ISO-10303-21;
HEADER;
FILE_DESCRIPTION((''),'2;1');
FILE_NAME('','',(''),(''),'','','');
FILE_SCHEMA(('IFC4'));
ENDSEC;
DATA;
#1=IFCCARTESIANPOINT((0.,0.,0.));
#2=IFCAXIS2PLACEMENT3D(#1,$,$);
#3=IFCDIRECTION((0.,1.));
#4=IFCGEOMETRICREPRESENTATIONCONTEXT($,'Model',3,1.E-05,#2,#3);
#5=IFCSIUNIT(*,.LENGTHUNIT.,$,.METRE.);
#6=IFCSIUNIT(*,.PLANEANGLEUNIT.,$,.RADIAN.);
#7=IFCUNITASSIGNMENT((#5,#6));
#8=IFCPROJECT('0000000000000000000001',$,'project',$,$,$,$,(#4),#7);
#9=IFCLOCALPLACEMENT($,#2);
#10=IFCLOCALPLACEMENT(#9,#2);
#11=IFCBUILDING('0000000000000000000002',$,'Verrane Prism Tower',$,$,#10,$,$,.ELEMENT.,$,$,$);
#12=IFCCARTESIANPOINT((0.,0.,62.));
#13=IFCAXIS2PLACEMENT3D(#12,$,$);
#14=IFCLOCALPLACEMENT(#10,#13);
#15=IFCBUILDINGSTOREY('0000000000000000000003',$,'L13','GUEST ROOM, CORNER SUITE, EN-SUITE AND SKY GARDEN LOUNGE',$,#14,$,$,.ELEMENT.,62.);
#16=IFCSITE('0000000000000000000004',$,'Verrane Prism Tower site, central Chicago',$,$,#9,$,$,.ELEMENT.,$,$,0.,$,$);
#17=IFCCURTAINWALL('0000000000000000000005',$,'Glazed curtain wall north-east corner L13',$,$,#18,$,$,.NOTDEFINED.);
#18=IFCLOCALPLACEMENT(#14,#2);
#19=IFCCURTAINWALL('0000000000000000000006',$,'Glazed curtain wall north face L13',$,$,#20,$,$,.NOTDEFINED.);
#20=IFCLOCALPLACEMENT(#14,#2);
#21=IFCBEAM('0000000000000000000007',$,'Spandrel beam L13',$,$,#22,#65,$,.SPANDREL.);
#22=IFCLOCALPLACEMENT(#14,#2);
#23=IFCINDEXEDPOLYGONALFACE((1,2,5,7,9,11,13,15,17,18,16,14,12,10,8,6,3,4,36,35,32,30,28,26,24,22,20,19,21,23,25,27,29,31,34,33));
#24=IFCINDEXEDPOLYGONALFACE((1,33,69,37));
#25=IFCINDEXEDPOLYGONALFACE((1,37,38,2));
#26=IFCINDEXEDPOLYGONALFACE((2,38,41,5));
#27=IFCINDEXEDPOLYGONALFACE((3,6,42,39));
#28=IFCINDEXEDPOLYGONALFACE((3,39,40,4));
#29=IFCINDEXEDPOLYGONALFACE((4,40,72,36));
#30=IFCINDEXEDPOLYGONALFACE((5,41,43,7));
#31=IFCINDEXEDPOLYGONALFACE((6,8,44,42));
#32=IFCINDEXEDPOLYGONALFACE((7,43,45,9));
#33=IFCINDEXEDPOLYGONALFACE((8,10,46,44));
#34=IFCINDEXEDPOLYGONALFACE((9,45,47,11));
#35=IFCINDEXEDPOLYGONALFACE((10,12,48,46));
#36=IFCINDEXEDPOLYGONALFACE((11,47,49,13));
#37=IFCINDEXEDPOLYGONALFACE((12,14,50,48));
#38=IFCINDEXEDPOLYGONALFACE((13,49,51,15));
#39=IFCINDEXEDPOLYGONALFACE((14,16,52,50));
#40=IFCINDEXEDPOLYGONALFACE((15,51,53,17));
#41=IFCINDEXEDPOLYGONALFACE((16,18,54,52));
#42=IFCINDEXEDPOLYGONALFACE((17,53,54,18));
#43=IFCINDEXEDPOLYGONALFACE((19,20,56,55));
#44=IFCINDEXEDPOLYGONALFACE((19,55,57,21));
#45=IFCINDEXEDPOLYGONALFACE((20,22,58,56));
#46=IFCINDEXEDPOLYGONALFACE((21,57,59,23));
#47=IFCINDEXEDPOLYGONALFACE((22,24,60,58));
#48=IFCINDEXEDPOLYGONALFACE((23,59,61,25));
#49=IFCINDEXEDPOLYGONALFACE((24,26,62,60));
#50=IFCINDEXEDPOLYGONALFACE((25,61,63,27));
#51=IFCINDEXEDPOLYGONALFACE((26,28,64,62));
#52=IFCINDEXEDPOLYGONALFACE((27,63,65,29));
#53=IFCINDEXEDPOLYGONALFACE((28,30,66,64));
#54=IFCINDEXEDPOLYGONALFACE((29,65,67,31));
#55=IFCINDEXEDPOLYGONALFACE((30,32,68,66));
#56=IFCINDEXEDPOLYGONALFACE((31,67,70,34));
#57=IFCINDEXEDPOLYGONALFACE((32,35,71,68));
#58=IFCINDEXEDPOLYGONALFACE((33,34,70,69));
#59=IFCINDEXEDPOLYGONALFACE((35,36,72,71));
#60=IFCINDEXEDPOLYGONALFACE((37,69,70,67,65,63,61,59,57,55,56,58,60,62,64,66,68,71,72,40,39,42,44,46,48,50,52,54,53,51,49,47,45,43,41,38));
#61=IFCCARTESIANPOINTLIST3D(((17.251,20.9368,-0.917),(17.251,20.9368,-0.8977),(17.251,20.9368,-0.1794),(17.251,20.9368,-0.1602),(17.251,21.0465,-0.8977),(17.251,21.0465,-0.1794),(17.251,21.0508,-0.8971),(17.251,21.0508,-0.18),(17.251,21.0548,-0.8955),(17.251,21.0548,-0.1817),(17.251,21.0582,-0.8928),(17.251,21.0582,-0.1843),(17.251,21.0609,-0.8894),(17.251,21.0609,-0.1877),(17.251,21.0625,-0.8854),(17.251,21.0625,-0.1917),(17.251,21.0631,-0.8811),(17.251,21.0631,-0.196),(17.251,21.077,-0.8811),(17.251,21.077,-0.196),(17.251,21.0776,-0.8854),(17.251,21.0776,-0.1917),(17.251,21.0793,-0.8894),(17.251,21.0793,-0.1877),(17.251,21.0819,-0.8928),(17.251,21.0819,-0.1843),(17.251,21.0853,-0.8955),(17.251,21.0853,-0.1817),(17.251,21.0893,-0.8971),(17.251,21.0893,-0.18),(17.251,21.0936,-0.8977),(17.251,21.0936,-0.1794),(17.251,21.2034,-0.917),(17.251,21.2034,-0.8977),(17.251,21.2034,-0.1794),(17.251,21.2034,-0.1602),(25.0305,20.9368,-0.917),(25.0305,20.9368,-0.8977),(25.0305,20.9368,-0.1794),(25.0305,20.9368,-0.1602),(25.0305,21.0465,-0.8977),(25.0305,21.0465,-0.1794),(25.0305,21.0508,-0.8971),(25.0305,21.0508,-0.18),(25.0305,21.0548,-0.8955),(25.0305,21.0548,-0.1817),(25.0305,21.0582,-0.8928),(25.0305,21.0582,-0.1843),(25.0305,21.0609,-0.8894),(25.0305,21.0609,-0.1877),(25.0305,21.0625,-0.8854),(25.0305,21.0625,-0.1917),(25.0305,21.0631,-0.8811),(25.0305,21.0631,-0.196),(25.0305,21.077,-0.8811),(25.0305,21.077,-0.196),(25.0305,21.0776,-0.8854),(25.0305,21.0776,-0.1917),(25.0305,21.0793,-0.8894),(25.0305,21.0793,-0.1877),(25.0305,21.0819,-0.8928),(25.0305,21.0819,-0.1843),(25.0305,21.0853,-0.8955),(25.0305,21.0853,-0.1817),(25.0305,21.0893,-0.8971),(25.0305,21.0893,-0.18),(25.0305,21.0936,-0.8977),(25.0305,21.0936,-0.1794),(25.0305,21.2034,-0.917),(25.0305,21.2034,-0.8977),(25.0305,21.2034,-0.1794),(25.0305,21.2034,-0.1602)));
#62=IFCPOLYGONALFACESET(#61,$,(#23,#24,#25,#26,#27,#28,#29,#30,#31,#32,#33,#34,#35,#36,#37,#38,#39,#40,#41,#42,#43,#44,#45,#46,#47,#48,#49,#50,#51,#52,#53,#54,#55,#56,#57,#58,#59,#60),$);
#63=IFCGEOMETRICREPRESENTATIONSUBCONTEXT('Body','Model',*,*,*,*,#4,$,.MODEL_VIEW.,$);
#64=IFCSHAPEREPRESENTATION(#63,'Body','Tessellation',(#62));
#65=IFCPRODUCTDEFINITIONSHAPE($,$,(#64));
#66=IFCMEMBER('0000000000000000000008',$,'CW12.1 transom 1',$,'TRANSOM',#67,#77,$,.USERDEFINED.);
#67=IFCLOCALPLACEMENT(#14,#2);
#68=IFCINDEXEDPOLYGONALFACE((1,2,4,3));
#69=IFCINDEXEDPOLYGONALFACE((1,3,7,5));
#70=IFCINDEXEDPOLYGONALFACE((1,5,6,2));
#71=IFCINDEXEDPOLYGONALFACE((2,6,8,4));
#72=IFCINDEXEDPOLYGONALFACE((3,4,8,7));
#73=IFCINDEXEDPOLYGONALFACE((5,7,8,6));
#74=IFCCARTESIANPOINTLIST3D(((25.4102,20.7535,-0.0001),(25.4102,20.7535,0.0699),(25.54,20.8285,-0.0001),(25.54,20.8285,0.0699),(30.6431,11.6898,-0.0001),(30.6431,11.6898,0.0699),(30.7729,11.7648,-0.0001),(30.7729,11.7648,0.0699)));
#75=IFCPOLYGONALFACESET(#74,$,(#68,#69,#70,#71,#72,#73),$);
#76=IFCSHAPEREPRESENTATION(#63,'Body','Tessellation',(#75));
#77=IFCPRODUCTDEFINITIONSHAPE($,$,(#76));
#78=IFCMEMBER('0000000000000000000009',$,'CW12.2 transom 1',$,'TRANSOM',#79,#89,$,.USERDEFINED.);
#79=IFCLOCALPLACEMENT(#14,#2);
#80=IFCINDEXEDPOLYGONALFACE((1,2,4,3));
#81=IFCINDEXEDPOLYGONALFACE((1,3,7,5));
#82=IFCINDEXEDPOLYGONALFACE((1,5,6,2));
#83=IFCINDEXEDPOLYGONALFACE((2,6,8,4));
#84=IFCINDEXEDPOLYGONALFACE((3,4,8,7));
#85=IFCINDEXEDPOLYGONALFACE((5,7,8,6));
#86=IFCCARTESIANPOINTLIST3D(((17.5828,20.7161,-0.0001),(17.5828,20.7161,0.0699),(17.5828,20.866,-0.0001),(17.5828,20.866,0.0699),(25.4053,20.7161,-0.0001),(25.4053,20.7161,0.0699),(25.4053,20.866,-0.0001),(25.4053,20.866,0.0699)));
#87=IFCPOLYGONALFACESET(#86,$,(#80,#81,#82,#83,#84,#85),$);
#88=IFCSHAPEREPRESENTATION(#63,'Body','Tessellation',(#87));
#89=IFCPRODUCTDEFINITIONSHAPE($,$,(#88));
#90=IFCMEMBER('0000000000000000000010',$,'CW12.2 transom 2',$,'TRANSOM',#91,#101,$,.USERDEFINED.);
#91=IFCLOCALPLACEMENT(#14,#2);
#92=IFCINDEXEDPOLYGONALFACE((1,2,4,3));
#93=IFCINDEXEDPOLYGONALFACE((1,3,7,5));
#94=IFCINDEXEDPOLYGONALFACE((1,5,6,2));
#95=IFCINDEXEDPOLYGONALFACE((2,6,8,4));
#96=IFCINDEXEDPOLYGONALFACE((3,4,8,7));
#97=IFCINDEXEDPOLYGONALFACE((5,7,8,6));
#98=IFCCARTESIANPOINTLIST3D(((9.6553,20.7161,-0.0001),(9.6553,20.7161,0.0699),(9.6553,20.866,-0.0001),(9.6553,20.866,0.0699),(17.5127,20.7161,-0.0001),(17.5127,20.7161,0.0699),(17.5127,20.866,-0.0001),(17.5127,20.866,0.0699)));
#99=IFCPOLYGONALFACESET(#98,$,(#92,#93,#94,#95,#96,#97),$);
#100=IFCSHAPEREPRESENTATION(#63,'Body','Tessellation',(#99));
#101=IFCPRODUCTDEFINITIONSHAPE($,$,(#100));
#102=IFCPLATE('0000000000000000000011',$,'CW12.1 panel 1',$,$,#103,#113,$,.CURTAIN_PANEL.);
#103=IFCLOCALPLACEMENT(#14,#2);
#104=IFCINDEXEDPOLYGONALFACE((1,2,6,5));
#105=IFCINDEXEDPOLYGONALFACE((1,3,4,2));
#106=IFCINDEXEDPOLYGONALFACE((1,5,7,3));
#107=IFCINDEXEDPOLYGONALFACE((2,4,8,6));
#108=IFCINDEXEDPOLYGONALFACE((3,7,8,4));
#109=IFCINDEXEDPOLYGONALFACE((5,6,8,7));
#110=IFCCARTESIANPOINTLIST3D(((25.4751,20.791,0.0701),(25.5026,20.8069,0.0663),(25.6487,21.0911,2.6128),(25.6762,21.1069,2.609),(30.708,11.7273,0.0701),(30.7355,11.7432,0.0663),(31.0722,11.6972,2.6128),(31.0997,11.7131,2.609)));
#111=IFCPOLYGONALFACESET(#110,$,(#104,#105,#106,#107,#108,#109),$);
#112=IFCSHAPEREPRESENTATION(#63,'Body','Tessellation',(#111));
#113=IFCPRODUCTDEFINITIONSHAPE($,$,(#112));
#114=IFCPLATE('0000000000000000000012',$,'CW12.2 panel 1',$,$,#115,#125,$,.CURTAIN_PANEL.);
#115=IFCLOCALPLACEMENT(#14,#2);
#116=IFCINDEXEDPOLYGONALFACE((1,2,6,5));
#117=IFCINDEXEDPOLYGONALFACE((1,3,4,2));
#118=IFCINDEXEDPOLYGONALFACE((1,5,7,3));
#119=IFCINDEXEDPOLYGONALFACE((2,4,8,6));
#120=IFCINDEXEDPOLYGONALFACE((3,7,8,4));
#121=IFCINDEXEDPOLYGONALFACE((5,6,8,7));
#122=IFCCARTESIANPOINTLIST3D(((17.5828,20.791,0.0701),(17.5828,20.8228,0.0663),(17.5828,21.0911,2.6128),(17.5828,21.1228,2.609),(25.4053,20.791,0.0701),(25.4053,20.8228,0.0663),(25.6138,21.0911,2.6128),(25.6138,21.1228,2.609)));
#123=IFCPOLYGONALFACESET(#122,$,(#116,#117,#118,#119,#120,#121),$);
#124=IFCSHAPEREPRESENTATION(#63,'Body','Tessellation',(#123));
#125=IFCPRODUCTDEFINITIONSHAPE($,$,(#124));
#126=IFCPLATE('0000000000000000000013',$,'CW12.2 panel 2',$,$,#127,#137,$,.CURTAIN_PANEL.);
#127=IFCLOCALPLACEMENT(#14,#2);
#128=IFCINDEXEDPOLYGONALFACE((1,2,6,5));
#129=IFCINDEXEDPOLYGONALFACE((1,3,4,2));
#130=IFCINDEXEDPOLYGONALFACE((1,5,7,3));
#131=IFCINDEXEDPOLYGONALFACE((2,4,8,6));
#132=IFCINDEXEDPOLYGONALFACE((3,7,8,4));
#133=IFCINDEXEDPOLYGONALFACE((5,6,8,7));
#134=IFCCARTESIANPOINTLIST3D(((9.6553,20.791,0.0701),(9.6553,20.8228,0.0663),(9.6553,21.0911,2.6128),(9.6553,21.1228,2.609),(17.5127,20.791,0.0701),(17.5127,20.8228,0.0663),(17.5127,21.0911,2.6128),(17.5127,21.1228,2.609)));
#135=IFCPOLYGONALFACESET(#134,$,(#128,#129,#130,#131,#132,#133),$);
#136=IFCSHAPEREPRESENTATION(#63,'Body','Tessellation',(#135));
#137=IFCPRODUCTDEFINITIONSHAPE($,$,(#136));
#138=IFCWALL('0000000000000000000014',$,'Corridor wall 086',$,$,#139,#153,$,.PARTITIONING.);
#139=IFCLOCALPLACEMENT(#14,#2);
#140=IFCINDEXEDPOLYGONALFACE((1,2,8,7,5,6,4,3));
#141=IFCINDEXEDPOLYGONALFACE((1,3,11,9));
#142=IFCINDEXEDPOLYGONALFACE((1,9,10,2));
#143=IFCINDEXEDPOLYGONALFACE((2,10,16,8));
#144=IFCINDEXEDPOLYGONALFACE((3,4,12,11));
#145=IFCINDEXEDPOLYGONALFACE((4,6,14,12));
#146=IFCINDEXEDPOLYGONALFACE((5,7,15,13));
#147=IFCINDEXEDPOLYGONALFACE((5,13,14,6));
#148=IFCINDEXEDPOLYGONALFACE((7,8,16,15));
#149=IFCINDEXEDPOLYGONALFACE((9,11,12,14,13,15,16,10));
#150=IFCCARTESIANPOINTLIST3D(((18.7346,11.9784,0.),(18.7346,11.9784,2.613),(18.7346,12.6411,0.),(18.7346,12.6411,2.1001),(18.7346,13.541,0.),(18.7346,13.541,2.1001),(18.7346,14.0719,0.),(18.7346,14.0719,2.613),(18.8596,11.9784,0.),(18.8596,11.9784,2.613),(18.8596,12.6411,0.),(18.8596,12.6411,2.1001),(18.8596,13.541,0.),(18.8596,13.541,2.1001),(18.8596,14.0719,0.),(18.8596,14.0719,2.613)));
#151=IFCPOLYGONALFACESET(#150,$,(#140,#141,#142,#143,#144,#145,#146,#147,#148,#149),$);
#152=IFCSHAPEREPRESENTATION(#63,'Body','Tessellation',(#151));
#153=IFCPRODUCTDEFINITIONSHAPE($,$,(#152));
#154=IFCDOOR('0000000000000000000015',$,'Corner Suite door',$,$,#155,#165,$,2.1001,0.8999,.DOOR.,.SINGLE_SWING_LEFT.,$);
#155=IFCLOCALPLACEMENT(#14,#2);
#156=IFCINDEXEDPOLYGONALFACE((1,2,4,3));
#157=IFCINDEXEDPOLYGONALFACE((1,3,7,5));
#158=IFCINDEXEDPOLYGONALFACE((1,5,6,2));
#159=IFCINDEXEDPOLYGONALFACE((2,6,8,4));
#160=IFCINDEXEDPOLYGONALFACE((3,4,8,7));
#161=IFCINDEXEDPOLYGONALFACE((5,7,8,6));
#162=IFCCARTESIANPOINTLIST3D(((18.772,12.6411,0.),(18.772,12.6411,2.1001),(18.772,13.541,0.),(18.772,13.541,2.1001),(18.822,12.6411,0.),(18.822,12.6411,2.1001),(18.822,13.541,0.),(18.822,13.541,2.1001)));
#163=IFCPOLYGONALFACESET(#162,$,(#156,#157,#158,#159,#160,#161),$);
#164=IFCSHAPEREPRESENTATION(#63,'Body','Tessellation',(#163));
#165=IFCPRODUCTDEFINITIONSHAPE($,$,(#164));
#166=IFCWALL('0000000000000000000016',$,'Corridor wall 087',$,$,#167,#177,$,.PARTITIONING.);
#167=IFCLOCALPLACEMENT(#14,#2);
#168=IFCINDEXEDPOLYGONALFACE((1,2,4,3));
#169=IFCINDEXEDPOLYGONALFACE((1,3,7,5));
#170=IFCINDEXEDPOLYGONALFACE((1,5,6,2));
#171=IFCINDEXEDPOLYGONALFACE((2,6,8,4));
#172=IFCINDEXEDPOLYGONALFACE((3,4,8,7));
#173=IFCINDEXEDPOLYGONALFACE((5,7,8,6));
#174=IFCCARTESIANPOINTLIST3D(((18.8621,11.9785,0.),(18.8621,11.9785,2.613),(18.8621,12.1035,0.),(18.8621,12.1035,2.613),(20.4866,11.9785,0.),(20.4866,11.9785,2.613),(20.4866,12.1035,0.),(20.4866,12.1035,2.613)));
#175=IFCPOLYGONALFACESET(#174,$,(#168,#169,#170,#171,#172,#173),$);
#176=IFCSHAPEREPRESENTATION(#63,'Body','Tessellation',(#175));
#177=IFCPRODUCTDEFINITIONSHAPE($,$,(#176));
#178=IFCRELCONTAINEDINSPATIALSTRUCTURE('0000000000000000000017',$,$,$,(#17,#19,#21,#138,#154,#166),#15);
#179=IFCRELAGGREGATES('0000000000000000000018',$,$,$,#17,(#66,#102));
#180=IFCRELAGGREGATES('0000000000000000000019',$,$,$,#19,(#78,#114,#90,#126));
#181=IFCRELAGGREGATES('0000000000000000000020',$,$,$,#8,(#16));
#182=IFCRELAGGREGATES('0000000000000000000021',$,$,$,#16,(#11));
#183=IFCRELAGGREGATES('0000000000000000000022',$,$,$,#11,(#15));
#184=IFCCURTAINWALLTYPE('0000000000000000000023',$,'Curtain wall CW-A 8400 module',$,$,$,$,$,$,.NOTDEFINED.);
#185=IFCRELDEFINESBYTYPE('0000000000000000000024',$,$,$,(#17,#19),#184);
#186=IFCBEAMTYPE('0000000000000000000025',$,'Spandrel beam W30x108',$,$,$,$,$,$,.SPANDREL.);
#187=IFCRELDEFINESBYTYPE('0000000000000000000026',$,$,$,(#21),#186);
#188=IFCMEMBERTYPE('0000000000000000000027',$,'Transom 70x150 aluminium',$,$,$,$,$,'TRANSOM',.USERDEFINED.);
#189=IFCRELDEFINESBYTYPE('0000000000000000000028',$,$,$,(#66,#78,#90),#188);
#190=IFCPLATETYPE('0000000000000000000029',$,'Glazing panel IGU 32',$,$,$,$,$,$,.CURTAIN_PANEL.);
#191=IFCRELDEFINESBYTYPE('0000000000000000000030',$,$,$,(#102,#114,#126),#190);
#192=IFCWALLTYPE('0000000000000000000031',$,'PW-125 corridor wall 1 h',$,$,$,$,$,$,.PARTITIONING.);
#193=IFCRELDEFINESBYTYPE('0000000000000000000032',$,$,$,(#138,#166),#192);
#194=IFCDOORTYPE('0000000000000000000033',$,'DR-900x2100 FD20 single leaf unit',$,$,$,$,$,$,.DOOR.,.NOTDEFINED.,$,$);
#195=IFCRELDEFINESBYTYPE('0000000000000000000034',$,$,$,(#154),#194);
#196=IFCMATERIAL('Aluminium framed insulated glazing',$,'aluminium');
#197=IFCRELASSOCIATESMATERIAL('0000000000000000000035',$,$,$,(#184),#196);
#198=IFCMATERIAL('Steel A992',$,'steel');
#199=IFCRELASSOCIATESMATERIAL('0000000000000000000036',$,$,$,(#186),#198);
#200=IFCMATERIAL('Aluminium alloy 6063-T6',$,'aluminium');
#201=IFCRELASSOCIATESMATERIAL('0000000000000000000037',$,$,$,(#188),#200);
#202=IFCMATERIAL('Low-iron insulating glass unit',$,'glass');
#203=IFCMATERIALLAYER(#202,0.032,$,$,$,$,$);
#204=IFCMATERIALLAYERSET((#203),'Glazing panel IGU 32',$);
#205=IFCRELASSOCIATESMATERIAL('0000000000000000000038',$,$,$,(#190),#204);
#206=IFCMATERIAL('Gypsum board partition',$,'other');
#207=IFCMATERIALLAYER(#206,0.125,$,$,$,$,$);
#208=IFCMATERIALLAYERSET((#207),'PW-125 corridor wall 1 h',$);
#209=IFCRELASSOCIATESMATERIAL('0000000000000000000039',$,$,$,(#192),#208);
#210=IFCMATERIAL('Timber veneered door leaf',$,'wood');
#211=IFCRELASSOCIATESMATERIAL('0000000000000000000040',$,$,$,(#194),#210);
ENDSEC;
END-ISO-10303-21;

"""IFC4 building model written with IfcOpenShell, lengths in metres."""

from ifc_helpers import new_model, si_unit, direction, frame, frame_2d, origin, origin_2d, place, context, subcontext, project, spatial, polyline, rectangle, i_section, outline, extrude, material, layer, layer_set, material_profile, profile_set, type_object, element, fill, aggregate, save


model = new_model("IFC4")

# Units and contexts
model_context = context("Model", 3, precision=1e-05, world=origin(), true_north=direction((0.0, 1.0)))
body_context = subcontext(model_context, "Body", "Model", "MODEL_VIEW")
ifc_project = project(units=[si_unit("LENGTHUNIT", "METRE"), si_unit("PLANEANGLEUNIT", "RADIAN")], contexts=[model_context])

# Site, building, storey
site_placement = place(None, origin())
site = spatial("IfcSite", under=ifc_project, at=site_placement, Name="Verrane Prism Tower site, central Chicago", CompositionType="ELEMENT", RefElevation=0.0)
building_placement = place(site_placement, origin())
building = spatial("IfcBuilding", under=site, at=building_placement, Name="Verrane Prism Tower", CompositionType="ELEMENT")
storey_placement = place(building_placement, frame((0.0, 0.0, 62.0)))
storey = spatial("IfcBuildingStorey", under=building, at=storey_placement, Name="L13", Description="GUEST ROOM, CORNER SUITE, EN-SUITE AND SKY GARDEN LOUNGE", CompositionType="ELEMENT", Elevation=62.0)

# Curtain wall
ifc_material_1 = material(Name="Aluminium framed insulated glazing", Category="aluminium")
curtain_wall_type = type_object("IfcCurtainWallType", Name="Curtain wall CW-A 8400 module", PredefinedType="NOTDEFINED", material=ifc_material_1)
curtain_wall_1_placement = place(storey_placement, origin())
curtain_wall_1 = element("IfcCurtainWall", 1, at=curtain_wall_1_placement, inside=storey, type_object=curtain_wall_type, Name="Glazed curtain wall north-east corner L13", PredefinedType="NOTDEFINED")

# Curtain wall
curtain_wall_2_placement = place(storey_placement, origin())
curtain_wall_2 = element("IfcCurtainWall", 2, at=curtain_wall_2_placement, inside=storey, type_object=curtain_wall_type, Name="Glazed curtain wall north face L13", PredefinedType="NOTDEFINED")

# Beam
ifc_material_2 = material(Name="Steel A992", Category="steel")
ifc_material_profile_1 = material_profile(ifc_material_2, i_section(OverallWidth=0.2666, OverallDepth=0.7568, WebThickness=0.0139, FlangeThickness=0.0193, FilletRadius=0.0166, at=origin_2d()), Name="W30x108")
ifc_profile_set_1 = profile_set([ifc_material_profile_1], Name="Steel A992")
beam_type_1 = type_object("IfcBeamType", Name="Spandrel beam W30x108", PredefinedType="SPANDREL", material=ifc_profile_set_1)
beam_1_placement = place(storey_placement, frame((25.0305, 21.0701, -0.5386), z_axis=(-1.0, 0.0, 0.0), x_axis=(0.0, -1.0, 0.0)))
element("IfcBeam", 3, at=beam_1_placement, inside=storey, type_object=beam_type_1, Name="Spandrel beam L13", PredefinedType="SPANDREL", context=body_context, shape_type="SweptSolid", body=[
    extrude(i_section(OverallWidth=0.2666, OverallDepth=0.7568, WebThickness=0.0139, FlangeThickness=0.0193, FilletRadius=0.0166, at=origin_2d()), origin(), (0.0, 0.0, 1.0), 7.7795),
])

# Members
ifc_material_3 = material(Name="Aluminium alloy 6063-T6", Category="aluminium")
ifc_material_profile_2 = material_profile(ifc_material_3, rectangle(XDim=0.1499, YDim=0.0701, at=origin_2d()), Name="Transom 70x150 aluminium")
ifc_profile_set_2 = profile_set([ifc_material_profile_2], Name="Aluminium alloy 6063-T6")
member_type_1 = type_object("IfcMemberType", Name="Transom 70x150 aluminium", ElementType="TRANSOM", PredefinedType="USERDEFINED", material=ifc_profile_set_2)
member_1_placement = place(storey_placement, frame((30.708, 11.7273, 0.0349), z_axis=(-0.499998, 0.866027, 0.0), x_axis=(-0.866027, -0.499998, 0.0)))
member_1 = element("IfcMember", 4, at=member_1_placement, type_object=member_type_1, Name="CW12.1 transom 1", ObjectType="TRANSOM", PredefinedType="USERDEFINED", context=body_context, shape_type="SweptSolid", body=[
    extrude(rectangle(XDim=0.1499, YDim=0.0701, at=origin_2d()), origin(), (0.0, 0.0, 1.0), 10.4658),
])
member_2_placement = place(storey_placement, frame((25.4053, 20.791, 0.0349), z_axis=(-1.0, 0.0, 0.0), x_axis=(0.0, -1.0, 0.0)))
member_2 = element("IfcMember", 5, at=member_2_placement, type_object=member_type_1, Name="CW12.2 transom 1", ObjectType="TRANSOM", PredefinedType="USERDEFINED", context=body_context, shape_type="SweptSolid", body=[
    extrude(rectangle(XDim=0.1499, YDim=0.0701, at=origin_2d()), origin(), (0.0, 0.0, 1.0), 7.8225),
])
member_3_placement = place(storey_placement, frame((17.5127, 20.791, 0.0349), z_axis=(-1.0, 0.0, 0.0), x_axis=(0.0, -1.0, 0.0)))
member_3 = element("IfcMember", 6, at=member_3_placement, type_object=member_type_1, Name="CW12.2 transom 2", ObjectType="TRANSOM", PredefinedType="USERDEFINED", context=body_context, shape_type="SweptSolid", body=[
    extrude(rectangle(XDim=0.1499, YDim=0.0701, at=origin_2d()), origin(), (0.0, 0.0, 1.0), 7.8574),
])

# Plates
ifc_material_4 = material(Name="Low-iron insulating glass unit", Category="glass")
ifc_layer_1 = layer(ifc_material_4, 0.032)
ifc_layer_set_1 = layer_set([ifc_layer_1], Name="Glazing panel IGU 32")
plate_type = type_object("IfcPlateType", Name="Glazing panel IGU 32", PredefinedType="CURTAIN_PANEL", material=ifc_layer_set_1)
plate_1_placement = place(storey_placement, frame((30.708, 11.7273, 0.0701), z_axis=(-0.860044, -0.496548, 0.117324), x_axis=(-0.500001, 0.866025, 0.0)))
plate_1 = element("IfcPlate", 7, at=plate_1_placement, type_object=plate_type, Name="CW12.1 panel 1", PredefinedType="CURTAIN_PANEL", context=body_context, shape_type="SweptSolid", body=[
    extrude(outline(polyline([(0.0, 0.0), (10.4659, 0.0), (10.6389, -2.5604), (-0.2081, -2.5604), (0.0, 0.0)])), origin(), (0.0, 0.0, -1.0), 0.032),
])
aggregate(curtain_wall_1, [member_1, plate_1])
plate_2_placement = place(storey_placement, frame((25.4053, 20.791, 0.0701), z_axis=(0.0, -0.99311, 0.11719), x_axis=(-1.0, 0.0, 0.0)))
plate_2 = element("IfcPlate", 8, at=plate_2_placement, type_object=plate_type, Name="CW12.2 panel 1", PredefinedType="CURTAIN_PANEL", context=body_context, shape_type="SweptSolid", body=[
    extrude(outline(polyline([(0.0, 0.0), (7.8225, 0.0), (7.8225, -2.5604), (-0.2085, -2.5604), (0.0, 0.0)])), origin(), (0.0, 0.0, -1.0), 0.032),
])
plate_3_placement = place(storey_placement, frame((17.5127, 20.791, 0.0701), z_axis=(0.0, -0.99311, 0.11719), x_axis=(-1.0, 0.0, 0.0)))
plate_3 = element("IfcPlate", 9, at=plate_3_placement, type_object=plate_type, Name="CW12.2 panel 2", PredefinedType="CURTAIN_PANEL", context=body_context, shape_type="SweptSolid", body=[
    extrude(outline(polyline([(0.0, 0.0), (7.8574, 0.0), (7.8574, -2.5604), (0.0, -2.5604), (0.0, 0.0)])), origin(), (0.0, 0.0, -1.0), 0.032),
])
aggregate(curtain_wall_2, [member_2, plate_2, member_3, plate_3])

# Wall, opening, door
ifc_material_5 = material(Name="Gypsum board partition", Category="other")
ifc_layer_2 = layer(ifc_material_5, 0.125)
ifc_layer_set_2 = layer_set([ifc_layer_2], Name="PW-125 corridor wall 1 h")
wall_type_1 = type_object("IfcWallType", Name="PW-125 corridor wall 1 h", PredefinedType="PARTITIONING", material=ifc_layer_set_2)
wall_1_placement = place(storey_placement, frame((18.7971, 14.072, 0.0), z_axis=(0.0, 0.0, 1.0), x_axis=(0.0, -1.0, 0.0)))
wall_1 = element("IfcWall", 10, at=wall_1_placement, inside=storey, type_object=wall_type_1, Name="Corridor wall 086", PredefinedType="PARTITIONING", context=body_context, shape_type="SweptSolid", body=[
    extrude(rectangle(XDim=2.0935, YDim=0.125, at=frame_2d((1.0469, 0.0))), origin(), (0.0, 0.0, 1.0), 2.613),
])
opening_1_placement = place(wall_1_placement, frame((0.531, 0.0, 0.0)))
opening_1 = element("IfcOpeningElement", 11, at=opening_1_placement, cuts=wall_1, PredefinedType="OPENING", context=body_context, shape_type="SweptSolid", body=[
    extrude(rectangle(XDim=0.8999, YDim=2.1001, at=frame_2d((0.45, 1.05))), frame((0.0, 0.0725, 0.0), z_axis=(0.0, -1.0, 0.0), x_axis=(1.0, 0.0, 0.0)), (0.0, 0.0, 1.0), 0.145),
])
ifc_material_6 = material(Name="Timber veneered door leaf", Category="wood")
door_type_1 = type_object("IfcDoorType", Name="DR-900x2100 FD20 single leaf unit", OperationType="NOTDEFINED", PredefinedType="DOOR", material=ifc_material_6)
door_1_placement = place(opening_1_placement, origin())
door_1 = element("IfcDoor", 12, at=door_1_placement, inside=storey, type_object=door_type_1, Name="Corner Suite door", OperationType="SINGLE_SWING_LEFT", OverallHeight=2.1001, OverallWidth=0.8999, PredefinedType="DOOR", context=body_context, shape_type="SweptSolid", body=[
    extrude(rectangle(XDim=0.8999, YDim=2.1001, at=frame_2d((0.45, 1.05))), frame((0.0, 0.0249, 0.0), z_axis=(0.0, -1.0, 0.0), x_axis=(1.0, 0.0, 0.0)), (0.0, 0.0, 1.0), 0.05),
])
fill(opening_1, door_1)

# Wall
wall_2_placement = place(storey_placement, frame((18.8621, 12.041, 0.0), z_axis=(0.0, 0.0, 1.0), x_axis=(1.0, 0.0, 0.0)))
element("IfcWall", 13, at=wall_2_placement, inside=storey, type_object=wall_type_1, Name="Corridor wall 087", PredefinedType="PARTITIONING", context=body_context, shape_type="SweptSolid", body=[
    extrude(rectangle(XDim=1.6245, YDim=0.125, at=frame_2d((0.8123, 0.0))), origin(), (0.0, 0.0, 1.0), 2.613),
])

save(model, "model.ifc")
